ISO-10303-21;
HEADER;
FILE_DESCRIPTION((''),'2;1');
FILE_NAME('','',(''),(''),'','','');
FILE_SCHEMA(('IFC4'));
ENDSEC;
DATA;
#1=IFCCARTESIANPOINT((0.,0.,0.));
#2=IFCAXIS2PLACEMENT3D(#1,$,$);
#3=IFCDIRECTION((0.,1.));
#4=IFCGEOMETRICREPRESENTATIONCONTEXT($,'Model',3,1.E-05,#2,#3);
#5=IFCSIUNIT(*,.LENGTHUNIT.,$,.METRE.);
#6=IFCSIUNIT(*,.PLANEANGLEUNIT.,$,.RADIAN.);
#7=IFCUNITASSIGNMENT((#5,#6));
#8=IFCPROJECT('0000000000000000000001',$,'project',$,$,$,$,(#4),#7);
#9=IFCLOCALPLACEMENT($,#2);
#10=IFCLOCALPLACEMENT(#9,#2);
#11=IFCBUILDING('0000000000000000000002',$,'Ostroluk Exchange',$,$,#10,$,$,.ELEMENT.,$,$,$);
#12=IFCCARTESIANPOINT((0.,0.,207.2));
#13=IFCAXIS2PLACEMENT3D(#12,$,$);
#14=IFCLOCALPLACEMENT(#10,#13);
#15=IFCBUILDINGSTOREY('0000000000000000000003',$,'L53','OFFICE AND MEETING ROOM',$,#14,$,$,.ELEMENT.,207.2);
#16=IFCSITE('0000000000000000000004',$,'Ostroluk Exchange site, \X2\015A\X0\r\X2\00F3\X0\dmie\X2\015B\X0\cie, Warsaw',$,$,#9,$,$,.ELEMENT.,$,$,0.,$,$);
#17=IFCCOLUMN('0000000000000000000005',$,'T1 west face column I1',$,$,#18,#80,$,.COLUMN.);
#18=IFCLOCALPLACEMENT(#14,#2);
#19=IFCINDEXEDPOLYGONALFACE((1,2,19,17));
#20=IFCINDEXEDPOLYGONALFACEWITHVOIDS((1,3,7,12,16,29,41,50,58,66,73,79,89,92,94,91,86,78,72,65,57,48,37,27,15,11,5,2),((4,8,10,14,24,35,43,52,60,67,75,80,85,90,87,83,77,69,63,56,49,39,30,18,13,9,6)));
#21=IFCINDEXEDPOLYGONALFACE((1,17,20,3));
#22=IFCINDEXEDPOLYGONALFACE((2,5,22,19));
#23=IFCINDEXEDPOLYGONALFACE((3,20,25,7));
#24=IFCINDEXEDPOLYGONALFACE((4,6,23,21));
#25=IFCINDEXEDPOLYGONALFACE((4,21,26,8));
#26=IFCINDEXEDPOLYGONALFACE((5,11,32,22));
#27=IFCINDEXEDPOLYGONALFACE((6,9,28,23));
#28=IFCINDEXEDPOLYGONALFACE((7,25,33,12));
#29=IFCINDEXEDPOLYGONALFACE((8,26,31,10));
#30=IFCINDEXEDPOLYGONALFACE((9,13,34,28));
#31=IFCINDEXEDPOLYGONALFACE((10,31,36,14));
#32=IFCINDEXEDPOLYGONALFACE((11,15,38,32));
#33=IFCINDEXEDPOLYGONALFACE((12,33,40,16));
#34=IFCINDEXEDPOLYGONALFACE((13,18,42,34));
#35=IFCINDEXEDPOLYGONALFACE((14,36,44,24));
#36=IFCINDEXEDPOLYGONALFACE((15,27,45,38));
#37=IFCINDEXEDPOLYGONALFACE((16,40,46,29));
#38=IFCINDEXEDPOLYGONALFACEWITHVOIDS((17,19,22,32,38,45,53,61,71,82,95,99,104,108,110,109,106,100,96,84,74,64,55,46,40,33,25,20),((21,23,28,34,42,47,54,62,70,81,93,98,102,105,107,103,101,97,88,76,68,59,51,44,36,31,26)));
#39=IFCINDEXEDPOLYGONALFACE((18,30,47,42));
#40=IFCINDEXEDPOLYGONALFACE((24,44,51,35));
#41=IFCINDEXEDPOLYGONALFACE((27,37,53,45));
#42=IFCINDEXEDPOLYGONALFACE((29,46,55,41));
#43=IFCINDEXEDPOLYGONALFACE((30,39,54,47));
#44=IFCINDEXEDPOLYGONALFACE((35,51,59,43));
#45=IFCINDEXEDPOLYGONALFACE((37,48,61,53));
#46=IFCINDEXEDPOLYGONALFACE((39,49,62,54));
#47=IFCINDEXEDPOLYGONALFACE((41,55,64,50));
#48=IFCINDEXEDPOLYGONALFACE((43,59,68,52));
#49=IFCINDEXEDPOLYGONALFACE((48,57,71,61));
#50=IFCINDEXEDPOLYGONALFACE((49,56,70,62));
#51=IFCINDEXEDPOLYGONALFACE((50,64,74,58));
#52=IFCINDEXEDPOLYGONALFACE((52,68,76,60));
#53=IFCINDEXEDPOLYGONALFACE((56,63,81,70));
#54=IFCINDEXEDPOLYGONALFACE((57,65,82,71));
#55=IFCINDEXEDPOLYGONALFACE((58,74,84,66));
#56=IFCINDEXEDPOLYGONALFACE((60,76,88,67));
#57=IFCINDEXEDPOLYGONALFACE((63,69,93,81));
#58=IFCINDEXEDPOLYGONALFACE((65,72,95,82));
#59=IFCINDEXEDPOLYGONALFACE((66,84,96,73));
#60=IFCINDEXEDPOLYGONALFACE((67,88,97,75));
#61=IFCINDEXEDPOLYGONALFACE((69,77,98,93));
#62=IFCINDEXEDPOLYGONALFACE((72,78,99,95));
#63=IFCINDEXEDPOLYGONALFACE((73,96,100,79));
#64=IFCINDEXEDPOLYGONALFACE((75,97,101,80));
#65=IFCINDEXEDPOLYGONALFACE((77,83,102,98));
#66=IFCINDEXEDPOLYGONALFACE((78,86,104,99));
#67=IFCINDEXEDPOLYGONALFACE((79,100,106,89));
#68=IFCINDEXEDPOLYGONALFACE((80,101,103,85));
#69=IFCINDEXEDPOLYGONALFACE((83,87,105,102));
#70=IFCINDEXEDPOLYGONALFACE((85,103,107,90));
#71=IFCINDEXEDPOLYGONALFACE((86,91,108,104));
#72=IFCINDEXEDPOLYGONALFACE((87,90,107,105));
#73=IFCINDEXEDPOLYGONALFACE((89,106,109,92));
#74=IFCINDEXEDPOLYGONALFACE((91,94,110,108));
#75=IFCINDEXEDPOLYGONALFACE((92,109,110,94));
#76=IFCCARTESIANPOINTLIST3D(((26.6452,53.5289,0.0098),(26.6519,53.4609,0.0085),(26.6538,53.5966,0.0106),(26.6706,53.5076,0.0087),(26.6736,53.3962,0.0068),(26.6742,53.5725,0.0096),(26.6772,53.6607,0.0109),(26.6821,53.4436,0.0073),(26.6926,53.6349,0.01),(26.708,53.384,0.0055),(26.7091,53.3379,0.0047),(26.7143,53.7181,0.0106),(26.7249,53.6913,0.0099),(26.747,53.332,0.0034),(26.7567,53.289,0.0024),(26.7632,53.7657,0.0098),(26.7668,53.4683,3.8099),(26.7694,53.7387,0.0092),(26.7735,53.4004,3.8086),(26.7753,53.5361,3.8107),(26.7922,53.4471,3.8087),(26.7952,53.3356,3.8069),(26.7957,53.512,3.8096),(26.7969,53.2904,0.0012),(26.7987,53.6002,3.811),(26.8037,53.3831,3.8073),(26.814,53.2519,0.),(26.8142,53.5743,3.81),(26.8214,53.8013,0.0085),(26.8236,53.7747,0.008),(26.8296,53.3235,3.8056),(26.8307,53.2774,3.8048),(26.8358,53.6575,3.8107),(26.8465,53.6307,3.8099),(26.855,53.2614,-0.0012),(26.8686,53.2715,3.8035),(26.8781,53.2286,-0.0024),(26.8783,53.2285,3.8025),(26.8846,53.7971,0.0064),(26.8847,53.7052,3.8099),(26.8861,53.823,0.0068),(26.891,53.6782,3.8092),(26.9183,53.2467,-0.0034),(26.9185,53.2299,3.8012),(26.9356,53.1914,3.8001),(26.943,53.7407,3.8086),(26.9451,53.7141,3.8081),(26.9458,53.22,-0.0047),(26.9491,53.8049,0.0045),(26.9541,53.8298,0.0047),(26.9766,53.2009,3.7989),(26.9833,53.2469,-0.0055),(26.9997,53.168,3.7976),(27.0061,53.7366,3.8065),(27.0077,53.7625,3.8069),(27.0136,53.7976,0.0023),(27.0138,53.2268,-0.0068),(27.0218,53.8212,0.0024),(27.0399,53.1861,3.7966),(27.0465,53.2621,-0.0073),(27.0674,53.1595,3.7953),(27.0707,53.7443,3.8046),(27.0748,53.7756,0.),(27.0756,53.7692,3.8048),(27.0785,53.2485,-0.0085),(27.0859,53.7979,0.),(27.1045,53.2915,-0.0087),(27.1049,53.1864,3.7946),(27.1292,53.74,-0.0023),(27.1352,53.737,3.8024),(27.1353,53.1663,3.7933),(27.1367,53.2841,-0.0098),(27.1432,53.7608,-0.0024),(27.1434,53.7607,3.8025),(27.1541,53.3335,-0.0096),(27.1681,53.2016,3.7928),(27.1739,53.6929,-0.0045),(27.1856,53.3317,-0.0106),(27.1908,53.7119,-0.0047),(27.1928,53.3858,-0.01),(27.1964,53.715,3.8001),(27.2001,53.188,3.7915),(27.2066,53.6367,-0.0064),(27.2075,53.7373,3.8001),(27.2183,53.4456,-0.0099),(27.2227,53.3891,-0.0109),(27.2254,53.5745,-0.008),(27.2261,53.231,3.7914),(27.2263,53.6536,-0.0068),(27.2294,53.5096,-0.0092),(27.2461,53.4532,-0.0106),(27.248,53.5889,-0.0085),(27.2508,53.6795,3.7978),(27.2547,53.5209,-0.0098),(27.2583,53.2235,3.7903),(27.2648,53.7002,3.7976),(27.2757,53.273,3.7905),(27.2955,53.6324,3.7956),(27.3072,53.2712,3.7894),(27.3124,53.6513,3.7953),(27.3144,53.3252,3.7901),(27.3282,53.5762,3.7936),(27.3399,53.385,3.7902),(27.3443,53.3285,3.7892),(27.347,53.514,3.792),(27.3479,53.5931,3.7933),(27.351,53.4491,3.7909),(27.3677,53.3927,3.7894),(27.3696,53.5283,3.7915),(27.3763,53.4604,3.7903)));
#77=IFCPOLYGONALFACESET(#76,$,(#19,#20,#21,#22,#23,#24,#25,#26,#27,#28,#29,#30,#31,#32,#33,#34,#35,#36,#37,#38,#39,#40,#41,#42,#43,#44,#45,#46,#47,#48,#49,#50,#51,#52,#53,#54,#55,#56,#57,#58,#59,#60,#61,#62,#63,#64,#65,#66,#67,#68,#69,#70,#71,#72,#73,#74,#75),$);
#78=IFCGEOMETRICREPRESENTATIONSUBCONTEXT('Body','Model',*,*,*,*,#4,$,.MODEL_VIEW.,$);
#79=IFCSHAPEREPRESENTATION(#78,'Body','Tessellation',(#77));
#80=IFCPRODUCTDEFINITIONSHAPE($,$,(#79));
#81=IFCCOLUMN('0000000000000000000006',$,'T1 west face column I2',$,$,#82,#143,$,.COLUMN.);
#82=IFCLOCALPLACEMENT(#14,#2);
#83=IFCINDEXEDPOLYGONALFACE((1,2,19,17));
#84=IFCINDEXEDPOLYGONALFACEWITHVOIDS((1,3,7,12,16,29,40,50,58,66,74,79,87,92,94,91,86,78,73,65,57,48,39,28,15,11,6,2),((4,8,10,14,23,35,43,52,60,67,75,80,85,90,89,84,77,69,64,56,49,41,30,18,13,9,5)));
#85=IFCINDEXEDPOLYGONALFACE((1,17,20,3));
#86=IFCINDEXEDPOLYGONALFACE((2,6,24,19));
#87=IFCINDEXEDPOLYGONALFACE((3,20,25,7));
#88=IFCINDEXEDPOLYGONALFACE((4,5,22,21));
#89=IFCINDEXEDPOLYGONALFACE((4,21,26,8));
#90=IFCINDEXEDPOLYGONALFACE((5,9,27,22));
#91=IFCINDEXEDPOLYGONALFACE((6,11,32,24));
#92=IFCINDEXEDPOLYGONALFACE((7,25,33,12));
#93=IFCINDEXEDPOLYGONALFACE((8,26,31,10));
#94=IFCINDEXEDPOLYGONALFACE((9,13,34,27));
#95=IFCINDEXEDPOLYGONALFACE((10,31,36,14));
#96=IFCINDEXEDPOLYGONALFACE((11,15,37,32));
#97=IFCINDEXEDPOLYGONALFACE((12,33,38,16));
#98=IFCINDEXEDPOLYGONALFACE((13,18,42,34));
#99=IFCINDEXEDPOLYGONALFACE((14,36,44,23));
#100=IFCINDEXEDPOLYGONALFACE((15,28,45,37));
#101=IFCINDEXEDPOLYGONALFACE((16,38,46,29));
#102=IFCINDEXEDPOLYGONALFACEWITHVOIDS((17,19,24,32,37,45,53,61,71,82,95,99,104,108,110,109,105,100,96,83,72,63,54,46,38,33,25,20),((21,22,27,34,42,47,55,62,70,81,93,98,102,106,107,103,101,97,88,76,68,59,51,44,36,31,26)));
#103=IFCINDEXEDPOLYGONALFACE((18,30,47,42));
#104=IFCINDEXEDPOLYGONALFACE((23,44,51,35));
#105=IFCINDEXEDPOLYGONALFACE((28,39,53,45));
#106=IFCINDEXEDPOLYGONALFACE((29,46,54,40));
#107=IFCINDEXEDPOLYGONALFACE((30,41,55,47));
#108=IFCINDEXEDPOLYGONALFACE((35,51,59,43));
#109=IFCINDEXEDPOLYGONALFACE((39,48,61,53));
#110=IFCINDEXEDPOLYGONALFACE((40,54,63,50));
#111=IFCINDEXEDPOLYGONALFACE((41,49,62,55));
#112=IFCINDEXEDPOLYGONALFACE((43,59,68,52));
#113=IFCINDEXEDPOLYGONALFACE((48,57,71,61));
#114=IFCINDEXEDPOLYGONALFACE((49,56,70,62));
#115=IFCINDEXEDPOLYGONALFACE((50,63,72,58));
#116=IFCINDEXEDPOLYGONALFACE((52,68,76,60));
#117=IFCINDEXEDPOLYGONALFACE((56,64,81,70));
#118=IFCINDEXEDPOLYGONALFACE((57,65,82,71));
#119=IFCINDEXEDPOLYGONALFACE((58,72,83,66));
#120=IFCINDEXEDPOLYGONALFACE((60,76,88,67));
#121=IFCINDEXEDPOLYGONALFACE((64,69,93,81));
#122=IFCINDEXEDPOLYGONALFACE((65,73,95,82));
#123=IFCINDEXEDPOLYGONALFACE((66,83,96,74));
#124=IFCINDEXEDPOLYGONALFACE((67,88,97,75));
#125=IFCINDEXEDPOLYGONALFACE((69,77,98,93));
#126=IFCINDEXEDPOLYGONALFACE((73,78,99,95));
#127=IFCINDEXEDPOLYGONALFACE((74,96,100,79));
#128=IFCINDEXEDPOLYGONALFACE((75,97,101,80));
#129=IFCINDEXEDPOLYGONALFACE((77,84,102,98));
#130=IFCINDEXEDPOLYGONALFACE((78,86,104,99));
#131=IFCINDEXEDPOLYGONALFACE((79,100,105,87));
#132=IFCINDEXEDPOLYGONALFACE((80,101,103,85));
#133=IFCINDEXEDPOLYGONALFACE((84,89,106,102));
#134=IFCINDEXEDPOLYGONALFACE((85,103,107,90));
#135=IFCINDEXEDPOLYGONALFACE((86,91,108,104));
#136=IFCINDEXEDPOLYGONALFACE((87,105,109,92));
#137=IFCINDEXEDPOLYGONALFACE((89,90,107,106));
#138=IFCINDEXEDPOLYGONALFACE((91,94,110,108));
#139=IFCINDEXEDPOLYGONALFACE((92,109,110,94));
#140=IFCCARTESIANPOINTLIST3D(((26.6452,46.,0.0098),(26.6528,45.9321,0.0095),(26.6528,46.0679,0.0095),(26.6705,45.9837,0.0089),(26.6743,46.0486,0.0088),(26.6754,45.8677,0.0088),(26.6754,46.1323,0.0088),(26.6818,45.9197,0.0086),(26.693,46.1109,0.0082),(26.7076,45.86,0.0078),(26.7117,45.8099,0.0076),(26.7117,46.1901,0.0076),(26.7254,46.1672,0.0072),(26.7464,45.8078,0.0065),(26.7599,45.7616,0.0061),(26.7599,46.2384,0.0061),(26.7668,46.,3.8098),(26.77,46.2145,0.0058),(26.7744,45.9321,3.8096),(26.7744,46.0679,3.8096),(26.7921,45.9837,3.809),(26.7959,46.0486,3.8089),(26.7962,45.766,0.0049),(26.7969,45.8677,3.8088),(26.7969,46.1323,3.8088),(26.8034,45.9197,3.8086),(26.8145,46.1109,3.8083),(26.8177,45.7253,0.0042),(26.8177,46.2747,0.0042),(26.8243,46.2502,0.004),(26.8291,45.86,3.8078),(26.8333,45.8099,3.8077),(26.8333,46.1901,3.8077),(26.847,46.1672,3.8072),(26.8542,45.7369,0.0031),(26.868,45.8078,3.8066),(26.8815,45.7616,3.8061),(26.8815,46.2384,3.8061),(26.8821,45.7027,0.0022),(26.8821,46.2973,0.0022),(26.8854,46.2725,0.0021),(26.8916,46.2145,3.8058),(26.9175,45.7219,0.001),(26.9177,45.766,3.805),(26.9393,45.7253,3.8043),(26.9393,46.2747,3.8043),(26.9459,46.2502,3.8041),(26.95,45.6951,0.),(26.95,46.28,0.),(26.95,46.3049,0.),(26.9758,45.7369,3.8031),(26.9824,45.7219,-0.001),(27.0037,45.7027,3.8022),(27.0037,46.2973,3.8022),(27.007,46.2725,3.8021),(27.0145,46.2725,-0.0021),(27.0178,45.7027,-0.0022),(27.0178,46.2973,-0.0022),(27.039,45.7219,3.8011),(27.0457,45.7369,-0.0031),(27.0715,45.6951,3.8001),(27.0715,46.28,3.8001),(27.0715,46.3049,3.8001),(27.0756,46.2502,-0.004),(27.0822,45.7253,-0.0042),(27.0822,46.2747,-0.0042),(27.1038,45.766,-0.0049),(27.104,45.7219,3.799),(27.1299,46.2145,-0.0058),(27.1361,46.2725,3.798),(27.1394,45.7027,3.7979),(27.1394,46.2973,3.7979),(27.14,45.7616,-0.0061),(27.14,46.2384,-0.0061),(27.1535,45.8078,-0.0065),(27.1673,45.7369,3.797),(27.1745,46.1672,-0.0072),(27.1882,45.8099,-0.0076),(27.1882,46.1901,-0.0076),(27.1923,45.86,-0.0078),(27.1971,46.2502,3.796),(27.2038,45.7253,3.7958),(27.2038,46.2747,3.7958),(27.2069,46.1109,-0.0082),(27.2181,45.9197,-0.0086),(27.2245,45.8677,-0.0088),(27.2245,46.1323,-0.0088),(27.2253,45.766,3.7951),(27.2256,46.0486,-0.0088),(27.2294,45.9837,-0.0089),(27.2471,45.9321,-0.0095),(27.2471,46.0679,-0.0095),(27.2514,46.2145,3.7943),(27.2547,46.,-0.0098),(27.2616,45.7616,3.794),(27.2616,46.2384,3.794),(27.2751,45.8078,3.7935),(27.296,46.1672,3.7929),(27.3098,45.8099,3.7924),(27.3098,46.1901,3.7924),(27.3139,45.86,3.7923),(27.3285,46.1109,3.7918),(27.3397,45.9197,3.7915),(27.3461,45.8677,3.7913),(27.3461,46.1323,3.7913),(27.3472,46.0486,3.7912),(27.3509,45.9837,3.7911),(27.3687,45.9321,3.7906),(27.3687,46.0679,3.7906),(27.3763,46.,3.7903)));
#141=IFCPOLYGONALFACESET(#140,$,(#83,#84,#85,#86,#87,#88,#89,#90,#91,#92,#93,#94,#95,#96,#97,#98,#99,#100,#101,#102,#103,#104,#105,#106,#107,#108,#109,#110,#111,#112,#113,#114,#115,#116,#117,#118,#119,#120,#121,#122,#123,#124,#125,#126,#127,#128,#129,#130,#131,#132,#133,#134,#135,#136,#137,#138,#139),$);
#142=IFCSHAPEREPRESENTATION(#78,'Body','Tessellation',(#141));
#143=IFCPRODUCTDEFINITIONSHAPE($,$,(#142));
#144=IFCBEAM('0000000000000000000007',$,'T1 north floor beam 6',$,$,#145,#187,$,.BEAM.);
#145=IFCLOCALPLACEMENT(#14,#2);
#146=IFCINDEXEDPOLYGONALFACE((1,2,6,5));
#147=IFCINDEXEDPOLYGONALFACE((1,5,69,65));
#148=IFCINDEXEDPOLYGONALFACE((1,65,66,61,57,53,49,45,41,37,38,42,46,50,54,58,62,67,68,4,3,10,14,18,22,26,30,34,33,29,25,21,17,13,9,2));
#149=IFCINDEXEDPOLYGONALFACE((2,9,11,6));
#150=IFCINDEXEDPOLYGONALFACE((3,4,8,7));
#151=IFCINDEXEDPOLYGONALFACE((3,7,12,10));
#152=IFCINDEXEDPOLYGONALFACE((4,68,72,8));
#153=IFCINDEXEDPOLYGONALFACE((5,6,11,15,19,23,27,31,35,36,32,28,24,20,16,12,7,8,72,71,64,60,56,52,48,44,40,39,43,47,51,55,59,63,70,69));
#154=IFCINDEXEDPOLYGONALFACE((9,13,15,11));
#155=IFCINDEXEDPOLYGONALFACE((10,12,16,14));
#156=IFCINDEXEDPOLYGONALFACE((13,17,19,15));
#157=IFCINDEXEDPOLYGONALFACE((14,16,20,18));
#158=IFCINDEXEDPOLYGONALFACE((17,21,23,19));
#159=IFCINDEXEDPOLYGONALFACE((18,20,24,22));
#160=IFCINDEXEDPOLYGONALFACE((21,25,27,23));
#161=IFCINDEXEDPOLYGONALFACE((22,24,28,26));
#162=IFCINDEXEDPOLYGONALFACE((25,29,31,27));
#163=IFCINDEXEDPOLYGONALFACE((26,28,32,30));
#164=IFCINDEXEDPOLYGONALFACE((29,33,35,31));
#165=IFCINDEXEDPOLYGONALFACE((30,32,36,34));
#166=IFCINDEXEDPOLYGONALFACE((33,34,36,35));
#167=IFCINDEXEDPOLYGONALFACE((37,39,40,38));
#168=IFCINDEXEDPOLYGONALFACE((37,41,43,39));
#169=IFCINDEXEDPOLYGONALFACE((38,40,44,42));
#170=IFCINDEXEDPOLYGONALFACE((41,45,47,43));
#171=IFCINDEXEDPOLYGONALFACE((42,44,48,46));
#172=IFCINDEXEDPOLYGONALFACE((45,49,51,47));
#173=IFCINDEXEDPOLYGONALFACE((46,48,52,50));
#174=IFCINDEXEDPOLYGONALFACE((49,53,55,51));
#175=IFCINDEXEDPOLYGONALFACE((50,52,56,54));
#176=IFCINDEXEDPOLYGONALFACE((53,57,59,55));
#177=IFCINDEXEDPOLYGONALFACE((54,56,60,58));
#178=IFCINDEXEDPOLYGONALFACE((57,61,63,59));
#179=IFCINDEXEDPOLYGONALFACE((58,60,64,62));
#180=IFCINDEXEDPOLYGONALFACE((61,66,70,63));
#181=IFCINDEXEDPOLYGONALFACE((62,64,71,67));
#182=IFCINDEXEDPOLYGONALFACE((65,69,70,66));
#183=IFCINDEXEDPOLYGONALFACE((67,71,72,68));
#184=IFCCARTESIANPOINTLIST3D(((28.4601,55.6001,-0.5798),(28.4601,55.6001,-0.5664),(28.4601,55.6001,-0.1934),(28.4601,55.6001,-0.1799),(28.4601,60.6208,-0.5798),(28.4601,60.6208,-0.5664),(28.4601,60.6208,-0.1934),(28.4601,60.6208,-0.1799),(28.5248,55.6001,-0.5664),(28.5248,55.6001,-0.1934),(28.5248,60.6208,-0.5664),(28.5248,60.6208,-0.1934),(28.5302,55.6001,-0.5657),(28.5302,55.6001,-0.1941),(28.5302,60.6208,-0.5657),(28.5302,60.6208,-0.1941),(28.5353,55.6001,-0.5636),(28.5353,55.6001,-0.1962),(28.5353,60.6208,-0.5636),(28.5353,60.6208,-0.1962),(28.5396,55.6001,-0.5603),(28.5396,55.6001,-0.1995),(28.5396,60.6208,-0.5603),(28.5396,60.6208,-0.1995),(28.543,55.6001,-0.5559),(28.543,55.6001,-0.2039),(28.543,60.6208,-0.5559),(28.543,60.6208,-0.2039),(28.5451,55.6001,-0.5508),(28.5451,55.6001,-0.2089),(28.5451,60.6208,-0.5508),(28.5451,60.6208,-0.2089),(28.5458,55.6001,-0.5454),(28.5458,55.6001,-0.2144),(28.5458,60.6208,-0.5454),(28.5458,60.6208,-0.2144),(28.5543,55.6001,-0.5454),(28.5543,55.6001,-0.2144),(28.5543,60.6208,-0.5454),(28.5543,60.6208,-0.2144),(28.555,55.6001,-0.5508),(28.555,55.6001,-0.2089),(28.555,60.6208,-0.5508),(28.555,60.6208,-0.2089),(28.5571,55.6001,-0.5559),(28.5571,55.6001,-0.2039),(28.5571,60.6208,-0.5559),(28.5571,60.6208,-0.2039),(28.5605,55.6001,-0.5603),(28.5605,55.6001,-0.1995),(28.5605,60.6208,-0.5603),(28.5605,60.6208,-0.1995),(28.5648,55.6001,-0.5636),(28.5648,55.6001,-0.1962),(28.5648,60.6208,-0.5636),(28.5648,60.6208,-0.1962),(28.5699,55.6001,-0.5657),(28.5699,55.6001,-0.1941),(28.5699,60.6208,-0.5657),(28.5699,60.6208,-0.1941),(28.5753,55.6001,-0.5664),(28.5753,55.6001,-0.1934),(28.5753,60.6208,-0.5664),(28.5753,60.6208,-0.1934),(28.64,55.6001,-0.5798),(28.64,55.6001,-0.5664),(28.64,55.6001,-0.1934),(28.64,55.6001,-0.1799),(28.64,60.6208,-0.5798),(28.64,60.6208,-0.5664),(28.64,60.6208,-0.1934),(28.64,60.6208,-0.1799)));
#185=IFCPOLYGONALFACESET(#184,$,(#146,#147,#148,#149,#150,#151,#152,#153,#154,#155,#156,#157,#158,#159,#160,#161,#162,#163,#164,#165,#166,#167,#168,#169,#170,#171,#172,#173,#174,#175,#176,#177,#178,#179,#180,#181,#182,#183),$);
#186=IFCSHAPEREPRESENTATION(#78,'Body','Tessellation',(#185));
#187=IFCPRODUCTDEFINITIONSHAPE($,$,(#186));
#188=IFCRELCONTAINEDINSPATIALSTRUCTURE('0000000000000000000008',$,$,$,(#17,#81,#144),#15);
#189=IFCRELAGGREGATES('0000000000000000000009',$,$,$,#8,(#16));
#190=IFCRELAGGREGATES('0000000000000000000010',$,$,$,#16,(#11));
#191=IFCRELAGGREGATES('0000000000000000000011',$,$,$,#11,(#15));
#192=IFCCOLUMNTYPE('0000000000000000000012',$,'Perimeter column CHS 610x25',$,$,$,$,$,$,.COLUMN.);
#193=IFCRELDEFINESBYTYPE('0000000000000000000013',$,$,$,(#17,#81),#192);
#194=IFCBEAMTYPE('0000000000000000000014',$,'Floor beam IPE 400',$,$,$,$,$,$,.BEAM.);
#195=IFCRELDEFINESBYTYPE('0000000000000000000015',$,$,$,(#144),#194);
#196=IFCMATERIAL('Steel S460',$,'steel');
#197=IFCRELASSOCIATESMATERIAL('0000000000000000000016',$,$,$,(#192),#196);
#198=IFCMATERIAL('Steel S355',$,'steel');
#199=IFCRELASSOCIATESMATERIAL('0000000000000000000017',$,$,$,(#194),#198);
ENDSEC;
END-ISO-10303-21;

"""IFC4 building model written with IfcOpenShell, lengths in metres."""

from ifc_helpers import new_model, si_unit, direction, frame, origin, origin_2d, place, context, subcontext, project, spatial, hollow_circle, i_section, extrude, material, material_profile, profile_set, type_object, element, save


model = new_model("IFC4")

# Units and contexts
model_context = context("Model", 3, precision=1e-05, world=origin(), true_north=direction((0.0, 1.0)))
body_context = subcontext(model_context, "Body", "Model", "MODEL_VIEW")
ifc_project = project(units=[si_unit("LENGTHUNIT", "METRE"), si_unit("PLANEANGLEUNIT", "RADIAN")], contexts=[model_context])

# Site, building, storey
site_placement = place(None, origin())
site = spatial("IfcSite", under=ifc_project, at=site_placement, Name="Ostroluk Exchange site, Śródmieście, Warsaw", CompositionType="ELEMENT", RefElevation=0.0)
building_placement = place(site_placement, origin())
building = spatial("IfcBuilding", under=site, at=building_placement, Name="Ostroluk Exchange", CompositionType="ELEMENT")
storey_placement = place(building_placement, frame((0.0, 0.0, 207.2)))
storey = spatial("IfcBuildingStorey", under=building, at=storey_placement, Name="L53", Description="OFFICE AND MEETING ROOM", CompositionType="ELEMENT", Elevation=207.2)

# Columns
ifc_material_1 = material(Name="Steel S460", Category="steel")
ifc_material_profile_1 = material_profile(ifc_material_1, hollow_circle(Radius=0.3049, WallThickness=0.0249, at=origin_2d()), Name="CHS 610x25")
ifc_profile_set_1 = profile_set([ifc_material_profile_1], Name="Steel S460")
column_type = type_object("IfcColumnType", Name="Perimeter column CHS 610x25", PredefinedType="COLUMN", material=ifc_profile_set_1)
column_1_placement = place(storey_placement, frame((26.95, 53.5249, 0.0), z_axis=(0.031974, -0.015923, 0.999362), x_axis=(0.445775, 0.895145, 0.0)))
element("IfcColumn", 1, at=column_1_placement, inside=storey, type_object=column_type, Name="T1 west face column I1", PredefinedType="COLUMN", context=body_context, shape_type="SweptSolid", body=[
    extrude(hollow_circle(Radius=0.3049, WallThickness=0.0249, at=origin_2d()), origin(), (0.0, 0.0, 1.0), 3.8025),
])
column_2_placement = place(storey_placement, frame((26.95, 46.0, 0.0), z_axis=(0.031978, 0.0, 0.999489), x_axis=(0.0, 1.0, 0.0)))
element("IfcColumn", 2, at=column_2_placement, inside=storey, type_object=column_type, Name="T1 west face column I2", PredefinedType="COLUMN", context=body_context, shape_type="SweptSolid", body=[
    extrude(hollow_circle(Radius=0.3049, WallThickness=0.0249, at=origin_2d()), origin(), (0.0, 0.0, 1.0), 3.802),
])

# Beam
ifc_material_2 = material(Name="Steel S355", Category="steel")
ifc_material_profile_2 = material_profile(ifc_material_2, i_section(OverallWidth=0.1799, OverallDepth=0.3999, WebThickness=0.0085, FlangeThickness=0.0134, FilletRadius=0.021, at=origin_2d()), Name="IPE 400")
ifc_profile_set_2 = profile_set([ifc_material_profile_2], Name="Steel S355")
beam_type_1 = type_object("IfcBeamType", Name="Floor beam IPE 400", PredefinedType="BEAM", material=ifc_profile_set_2)
beam_placement = place(storey_placement, frame((28.55, 55.6001, -0.3799), z_axis=(0.0, 1.0, 0.0), x_axis=(-1.0, 0.0, 0.0)))
element("IfcBeam", 3, at=beam_placement, inside=storey, type_object=beam_type_1, Name="T1 north floor beam 6", PredefinedType="BEAM", context=body_context, shape_type="SweptSolid", body=[
    extrude(i_section(OverallWidth=0.1799, OverallDepth=0.3999, WebThickness=0.0085, FlangeThickness=0.0134, FilletRadius=0.021, at=origin_2d()), origin(), (0.0, 0.0, 1.0), 5.0208),
])

save(model, "model.ifc")
